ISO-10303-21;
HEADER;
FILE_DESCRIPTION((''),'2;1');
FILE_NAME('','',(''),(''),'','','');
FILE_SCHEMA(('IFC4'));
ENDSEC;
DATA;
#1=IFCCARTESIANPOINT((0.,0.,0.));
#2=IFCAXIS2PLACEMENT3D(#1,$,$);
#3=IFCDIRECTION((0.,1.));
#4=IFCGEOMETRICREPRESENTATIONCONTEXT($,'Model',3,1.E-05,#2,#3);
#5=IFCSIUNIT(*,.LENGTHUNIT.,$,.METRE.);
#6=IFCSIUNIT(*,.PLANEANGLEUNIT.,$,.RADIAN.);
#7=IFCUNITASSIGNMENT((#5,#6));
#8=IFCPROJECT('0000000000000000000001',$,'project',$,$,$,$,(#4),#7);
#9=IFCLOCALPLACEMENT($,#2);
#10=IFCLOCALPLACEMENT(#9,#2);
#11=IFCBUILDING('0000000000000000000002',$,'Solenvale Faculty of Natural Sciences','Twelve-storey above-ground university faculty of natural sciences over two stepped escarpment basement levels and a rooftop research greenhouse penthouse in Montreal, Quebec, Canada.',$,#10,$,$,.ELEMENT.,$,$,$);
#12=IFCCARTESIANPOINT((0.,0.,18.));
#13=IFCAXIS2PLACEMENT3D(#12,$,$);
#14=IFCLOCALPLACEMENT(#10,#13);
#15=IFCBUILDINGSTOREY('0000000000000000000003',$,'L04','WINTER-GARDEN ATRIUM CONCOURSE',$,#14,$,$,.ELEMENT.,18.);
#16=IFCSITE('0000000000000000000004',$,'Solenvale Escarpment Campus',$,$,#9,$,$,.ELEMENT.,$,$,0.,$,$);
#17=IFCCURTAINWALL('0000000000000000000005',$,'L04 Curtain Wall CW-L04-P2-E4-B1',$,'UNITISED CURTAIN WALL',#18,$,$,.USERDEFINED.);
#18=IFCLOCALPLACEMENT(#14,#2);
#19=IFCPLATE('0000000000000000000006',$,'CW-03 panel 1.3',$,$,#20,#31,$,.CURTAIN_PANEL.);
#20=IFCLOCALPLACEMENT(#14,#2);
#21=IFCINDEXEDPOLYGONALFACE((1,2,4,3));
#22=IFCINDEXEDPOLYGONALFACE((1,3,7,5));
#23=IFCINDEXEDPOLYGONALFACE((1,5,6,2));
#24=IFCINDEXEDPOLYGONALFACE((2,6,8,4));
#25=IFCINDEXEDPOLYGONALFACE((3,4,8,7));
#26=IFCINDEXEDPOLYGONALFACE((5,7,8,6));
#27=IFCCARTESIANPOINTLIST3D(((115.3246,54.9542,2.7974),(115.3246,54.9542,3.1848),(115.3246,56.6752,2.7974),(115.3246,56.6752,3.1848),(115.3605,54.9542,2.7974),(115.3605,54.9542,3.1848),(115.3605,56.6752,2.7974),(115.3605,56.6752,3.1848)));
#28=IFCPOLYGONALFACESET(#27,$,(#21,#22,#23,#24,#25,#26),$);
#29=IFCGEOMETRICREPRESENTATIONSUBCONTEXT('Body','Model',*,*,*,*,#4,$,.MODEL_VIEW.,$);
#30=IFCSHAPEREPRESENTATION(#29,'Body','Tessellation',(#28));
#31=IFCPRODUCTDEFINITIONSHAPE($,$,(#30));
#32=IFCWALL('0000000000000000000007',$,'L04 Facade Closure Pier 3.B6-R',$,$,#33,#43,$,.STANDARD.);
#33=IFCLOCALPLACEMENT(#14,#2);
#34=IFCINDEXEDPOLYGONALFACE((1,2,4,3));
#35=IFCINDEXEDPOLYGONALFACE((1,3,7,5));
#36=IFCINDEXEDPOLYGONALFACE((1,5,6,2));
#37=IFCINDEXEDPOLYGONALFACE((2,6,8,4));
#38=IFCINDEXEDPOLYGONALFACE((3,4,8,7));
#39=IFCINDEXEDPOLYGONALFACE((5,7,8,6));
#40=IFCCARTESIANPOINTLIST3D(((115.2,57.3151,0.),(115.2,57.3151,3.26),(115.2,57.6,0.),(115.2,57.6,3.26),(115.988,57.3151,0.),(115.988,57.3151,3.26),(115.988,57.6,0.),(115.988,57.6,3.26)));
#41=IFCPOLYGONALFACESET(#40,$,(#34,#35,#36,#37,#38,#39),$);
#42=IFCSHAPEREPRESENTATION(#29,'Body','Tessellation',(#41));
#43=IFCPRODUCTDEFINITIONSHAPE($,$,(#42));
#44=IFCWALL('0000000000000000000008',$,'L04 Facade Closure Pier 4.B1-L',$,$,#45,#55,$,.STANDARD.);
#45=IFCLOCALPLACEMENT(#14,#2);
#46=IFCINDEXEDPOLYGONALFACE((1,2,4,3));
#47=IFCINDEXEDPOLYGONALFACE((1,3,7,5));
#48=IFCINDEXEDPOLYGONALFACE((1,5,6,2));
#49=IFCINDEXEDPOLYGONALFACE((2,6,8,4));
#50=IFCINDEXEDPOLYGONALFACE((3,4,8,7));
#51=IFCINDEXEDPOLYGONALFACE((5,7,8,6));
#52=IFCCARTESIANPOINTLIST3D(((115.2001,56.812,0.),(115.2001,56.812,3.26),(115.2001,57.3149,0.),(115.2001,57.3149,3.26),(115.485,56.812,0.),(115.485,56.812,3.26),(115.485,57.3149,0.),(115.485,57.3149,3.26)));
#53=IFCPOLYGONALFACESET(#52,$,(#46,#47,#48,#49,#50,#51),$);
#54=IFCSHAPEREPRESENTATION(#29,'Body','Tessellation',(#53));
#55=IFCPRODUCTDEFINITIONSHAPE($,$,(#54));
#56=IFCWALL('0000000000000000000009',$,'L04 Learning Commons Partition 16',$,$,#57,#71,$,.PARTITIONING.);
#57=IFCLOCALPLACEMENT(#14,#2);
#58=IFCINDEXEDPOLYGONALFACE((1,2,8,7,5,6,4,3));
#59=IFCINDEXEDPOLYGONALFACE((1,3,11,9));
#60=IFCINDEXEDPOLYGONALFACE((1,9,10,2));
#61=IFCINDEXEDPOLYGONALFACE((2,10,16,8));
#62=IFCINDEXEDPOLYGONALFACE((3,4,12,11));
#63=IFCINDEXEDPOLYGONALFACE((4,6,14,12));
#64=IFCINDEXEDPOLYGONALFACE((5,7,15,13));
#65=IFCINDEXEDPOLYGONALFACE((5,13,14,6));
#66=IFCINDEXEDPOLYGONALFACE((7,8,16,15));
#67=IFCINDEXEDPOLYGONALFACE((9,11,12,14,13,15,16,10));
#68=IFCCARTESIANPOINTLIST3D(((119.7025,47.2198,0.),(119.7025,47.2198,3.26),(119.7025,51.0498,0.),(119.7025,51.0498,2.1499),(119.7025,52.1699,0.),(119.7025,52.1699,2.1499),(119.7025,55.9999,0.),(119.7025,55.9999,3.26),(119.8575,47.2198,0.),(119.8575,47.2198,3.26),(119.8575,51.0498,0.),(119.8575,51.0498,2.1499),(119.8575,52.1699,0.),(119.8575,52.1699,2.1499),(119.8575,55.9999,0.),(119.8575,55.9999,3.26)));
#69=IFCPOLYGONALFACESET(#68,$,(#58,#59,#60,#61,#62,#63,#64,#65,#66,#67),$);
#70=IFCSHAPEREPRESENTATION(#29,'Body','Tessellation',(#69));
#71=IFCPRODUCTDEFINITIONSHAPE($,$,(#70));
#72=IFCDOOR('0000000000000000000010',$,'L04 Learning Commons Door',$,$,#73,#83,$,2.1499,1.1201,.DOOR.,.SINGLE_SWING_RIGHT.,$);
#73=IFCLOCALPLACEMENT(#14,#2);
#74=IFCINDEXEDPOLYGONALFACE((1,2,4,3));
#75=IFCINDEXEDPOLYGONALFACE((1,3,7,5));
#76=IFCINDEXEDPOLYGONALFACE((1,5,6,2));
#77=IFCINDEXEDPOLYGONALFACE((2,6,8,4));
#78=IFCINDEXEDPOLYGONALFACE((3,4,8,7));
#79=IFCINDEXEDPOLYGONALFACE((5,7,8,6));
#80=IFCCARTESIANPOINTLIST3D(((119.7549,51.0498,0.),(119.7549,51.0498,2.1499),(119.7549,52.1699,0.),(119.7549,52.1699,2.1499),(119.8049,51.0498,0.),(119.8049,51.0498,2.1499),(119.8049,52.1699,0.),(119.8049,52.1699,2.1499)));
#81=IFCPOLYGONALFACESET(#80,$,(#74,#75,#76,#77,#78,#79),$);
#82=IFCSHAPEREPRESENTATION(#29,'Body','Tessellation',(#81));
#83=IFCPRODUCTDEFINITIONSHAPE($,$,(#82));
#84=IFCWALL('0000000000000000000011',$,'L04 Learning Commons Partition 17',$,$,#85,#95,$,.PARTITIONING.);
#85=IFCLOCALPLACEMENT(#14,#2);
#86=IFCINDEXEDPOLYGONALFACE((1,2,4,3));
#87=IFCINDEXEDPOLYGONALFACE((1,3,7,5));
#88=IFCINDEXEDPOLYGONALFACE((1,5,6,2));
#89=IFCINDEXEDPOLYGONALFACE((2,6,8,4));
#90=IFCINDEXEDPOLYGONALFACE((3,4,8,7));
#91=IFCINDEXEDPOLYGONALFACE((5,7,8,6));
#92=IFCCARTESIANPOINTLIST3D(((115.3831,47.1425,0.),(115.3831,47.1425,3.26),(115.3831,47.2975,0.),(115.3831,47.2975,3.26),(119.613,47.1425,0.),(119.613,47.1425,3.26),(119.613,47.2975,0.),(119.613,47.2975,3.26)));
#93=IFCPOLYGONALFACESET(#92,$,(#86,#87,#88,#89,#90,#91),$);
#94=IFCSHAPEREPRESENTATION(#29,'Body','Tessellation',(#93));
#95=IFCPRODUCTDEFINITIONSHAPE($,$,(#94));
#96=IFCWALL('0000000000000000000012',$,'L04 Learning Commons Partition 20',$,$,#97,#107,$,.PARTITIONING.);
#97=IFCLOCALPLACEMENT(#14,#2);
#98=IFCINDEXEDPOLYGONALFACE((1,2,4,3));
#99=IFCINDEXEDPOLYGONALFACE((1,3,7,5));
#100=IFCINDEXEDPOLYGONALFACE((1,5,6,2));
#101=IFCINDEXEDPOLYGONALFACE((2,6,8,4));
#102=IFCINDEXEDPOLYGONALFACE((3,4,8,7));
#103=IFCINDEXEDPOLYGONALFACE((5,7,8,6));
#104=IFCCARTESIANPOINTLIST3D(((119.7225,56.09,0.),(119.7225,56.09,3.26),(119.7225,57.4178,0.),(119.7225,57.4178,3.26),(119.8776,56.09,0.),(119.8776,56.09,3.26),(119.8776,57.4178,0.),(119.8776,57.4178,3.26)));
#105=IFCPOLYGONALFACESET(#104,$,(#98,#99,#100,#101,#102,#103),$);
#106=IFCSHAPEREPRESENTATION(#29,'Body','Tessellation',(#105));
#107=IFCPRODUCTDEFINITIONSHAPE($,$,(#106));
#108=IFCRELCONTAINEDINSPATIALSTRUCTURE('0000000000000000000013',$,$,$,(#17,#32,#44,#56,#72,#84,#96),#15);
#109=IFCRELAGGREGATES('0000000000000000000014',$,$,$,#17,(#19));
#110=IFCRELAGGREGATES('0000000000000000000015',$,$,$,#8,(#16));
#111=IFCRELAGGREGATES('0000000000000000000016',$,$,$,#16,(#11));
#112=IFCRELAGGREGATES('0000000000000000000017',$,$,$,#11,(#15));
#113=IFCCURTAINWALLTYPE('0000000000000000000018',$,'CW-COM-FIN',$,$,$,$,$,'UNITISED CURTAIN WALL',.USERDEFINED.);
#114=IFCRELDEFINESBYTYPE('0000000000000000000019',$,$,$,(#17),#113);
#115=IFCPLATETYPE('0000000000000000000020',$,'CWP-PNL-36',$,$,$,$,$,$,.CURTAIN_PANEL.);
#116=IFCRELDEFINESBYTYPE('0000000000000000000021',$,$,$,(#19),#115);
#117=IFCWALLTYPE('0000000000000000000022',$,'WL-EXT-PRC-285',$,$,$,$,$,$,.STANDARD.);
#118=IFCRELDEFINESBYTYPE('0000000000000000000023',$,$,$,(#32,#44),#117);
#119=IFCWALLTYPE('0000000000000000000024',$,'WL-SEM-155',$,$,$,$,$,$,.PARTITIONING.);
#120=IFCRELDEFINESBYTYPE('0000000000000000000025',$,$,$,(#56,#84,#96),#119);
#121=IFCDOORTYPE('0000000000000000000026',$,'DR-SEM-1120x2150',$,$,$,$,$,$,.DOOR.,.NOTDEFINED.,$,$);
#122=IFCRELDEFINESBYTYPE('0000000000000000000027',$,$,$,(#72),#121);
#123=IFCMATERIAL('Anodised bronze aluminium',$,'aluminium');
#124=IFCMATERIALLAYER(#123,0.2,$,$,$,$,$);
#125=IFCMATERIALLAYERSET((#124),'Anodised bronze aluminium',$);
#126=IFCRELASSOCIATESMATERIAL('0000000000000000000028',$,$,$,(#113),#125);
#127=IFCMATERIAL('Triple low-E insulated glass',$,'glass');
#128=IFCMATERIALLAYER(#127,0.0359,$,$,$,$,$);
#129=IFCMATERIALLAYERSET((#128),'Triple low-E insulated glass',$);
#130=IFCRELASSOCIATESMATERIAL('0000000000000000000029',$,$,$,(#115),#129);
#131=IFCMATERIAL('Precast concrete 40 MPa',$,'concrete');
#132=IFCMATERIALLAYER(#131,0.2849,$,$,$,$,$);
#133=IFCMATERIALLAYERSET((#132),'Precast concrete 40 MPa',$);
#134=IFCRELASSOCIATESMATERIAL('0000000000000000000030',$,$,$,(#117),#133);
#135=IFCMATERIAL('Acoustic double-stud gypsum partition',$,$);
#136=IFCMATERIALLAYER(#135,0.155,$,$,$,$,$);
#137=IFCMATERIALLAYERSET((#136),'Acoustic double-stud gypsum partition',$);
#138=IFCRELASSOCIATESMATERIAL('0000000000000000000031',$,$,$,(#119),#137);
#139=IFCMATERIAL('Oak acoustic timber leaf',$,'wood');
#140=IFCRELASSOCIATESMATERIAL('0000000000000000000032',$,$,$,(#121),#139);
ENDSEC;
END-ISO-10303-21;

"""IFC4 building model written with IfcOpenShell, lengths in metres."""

from ifc_helpers import new_model, si_unit, direction, frame, frame_2d, origin, origin_2d, place, context, subcontext, project, spatial, rectangle, extrude, material, layer, layer_set, type_object, element, fill, aggregate, save


model = new_model("IFC4")

# Units and contexts
model_context = context("Model", 3, precision=1e-05, world=origin(), true_north=direction((0.0, 1.0)))
body_context = subcontext(model_context, "Body", "Model", "MODEL_VIEW")
ifc_project = project(units=[si_unit("LENGTHUNIT", "METRE"), si_unit("PLANEANGLEUNIT", "RADIAN")], contexts=[model_context])

# Site, building, storey
site_placement = place(None, origin())
site = spatial("IfcSite", under=ifc_project, at=site_placement, Name="Solenvale Escarpment Campus", CompositionType="ELEMENT", RefElevation=0.0)
building_placement = place(site_placement, origin())
building = spatial("IfcBuilding", under=site, at=building_placement, Name="Solenvale Faculty of Natural Sciences", Description="Twelve-storey above-ground university faculty of natural sciences over two stepped escarpment basement levels and a rooftop research greenhouse penthouse in Montreal, Quebec, Canada.", CompositionType="ELEMENT")
storey_placement = place(building_placement, frame((0.0, 0.0, 18.0)))
storey = spatial("IfcBuildingStorey", under=building, at=storey_placement, Name="L04", Description="WINTER-GARDEN ATRIUM CONCOURSE", CompositionType="ELEMENT", Elevation=18.0)

# Curtain wall, plate
ifc_material_1 = material(Name="Anodised bronze aluminium", Category="aluminium")
ifc_layer_1 = layer(ifc_material_1, 0.2)
ifc_layer_set_1 = layer_set([ifc_layer_1], Name="Anodised bronze aluminium")
curtain_wall_type = type_object("IfcCurtainWallType", Name="CW-COM-FIN", ElementType="UNITISED CURTAIN WALL", PredefinedType="USERDEFINED", material=ifc_layer_set_1)
curtain_wall_placement = place(storey_placement, origin())
curtain_wall = element("IfcCurtainWall", 1, at=curtain_wall_placement, inside=storey, type_object=curtain_wall_type, Name="L04 Curtain Wall CW-L04-P2-E4-B1", ObjectType="UNITISED CURTAIN WALL", PredefinedType="USERDEFINED")
ifc_material_2 = material(Name="Triple low-E insulated glass", Category="glass")
ifc_layer_2 = layer(ifc_material_2, 0.0359)
ifc_layer_set_2 = layer_set([ifc_layer_2], Name="Triple low-E insulated glass")
plate_type = type_object("IfcPlateType", Name="CWP-PNL-36", PredefinedType="CURTAIN_PANEL", material=ifc_layer_set_2)
plate_1_placement = place(storey_placement, frame((115.3425, 55.8147, 2.7974), z_axis=(0.0, 0.0, 1.0), x_axis=(0.0, -1.0, 0.0)))
plate_1 = element("IfcPlate", 2, at=plate_1_placement, type_object=plate_type, Name="CW-03 panel 1.3", PredefinedType="CURTAIN_PANEL", context=body_context, shape_type="SweptSolid", body=[
    extrude(rectangle(XDim=1.7209, YDim=0.0359, at=origin_2d()), origin(), (0.0, 0.0, 1.0), 0.3875),
])
aggregate(curtain_wall, [plate_1])

# Walls
ifc_material_3 = material(Name="Precast concrete 40 MPa", Category="concrete")
ifc_layer_3 = layer(ifc_material_3, 0.2849)
ifc_layer_set_3 = layer_set([ifc_layer_3], Name="Precast concrete 40 MPa")
wall_type_1 = type_object("IfcWallType", Name="WL-EXT-PRC-285", PredefinedType="STANDARD", material=ifc_layer_set_3)
wall_1_placement = place(storey_placement, frame((115.988, 57.4575, 0.0), z_axis=(0.0, 0.0, 1.0), x_axis=(-1.0, 0.0, 0.0)))
element("IfcWall", 3, at=wall_1_placement, inside=storey, type_object=wall_type_1, Name="L04 Facade Closure Pier 3.B6-R", PredefinedType="STANDARD", context=body_context, shape_type="SweptSolid", body=[
    extrude(rectangle(XDim=0.7881, YDim=0.2849, at=frame_2d((0.394, 0.0))), origin(), (0.0, 0.0, 1.0), 3.26),
])
wall_2_placement = place(storey_placement, frame((115.3425, 57.3149, 0.0), z_axis=(0.0, 0.0, 1.0), x_axis=(0.0, -1.0, 0.0)))
element("IfcWall", 4, at=wall_2_placement, inside=storey, type_object=wall_type_1, Name="L04 Facade Closure Pier 4.B1-L", PredefinedType="STANDARD", context=body_context, shape_type="SweptSolid", body=[
    extrude(rectangle(XDim=0.5029, YDim=0.2849, at=frame_2d((0.2515, 0.0))), origin(), (0.0, 0.0, 1.0), 3.26),
])

# Wall, opening, door
ifc_material_4 = material(Name="Acoustic double-stud gypsum partition")
ifc_layer_4 = layer(ifc_material_4, 0.155)
ifc_layer_set_4 = layer_set([ifc_layer_4], Name="Acoustic double-stud gypsum partition")
wall_type_2 = type_object("IfcWallType", Name="WL-SEM-155", PredefinedType="PARTITIONING", material=ifc_layer_set_4)
wall_3_placement = place(storey_placement, frame((119.78, 56.0, 0.0), z_axis=(0.0, 0.0, 1.0), x_axis=(0.0, -1.0, 0.0)))
wall_3 = element("IfcWall", 5, at=wall_3_placement, inside=storey, type_object=wall_type_2, Name="L04 Learning Commons Partition 16", PredefinedType="PARTITIONING", context=body_context, shape_type="SweptSolid", body=[
    extrude(rectangle(XDim=8.78, YDim=0.155, at=frame_2d((4.3901, 0.0))), origin(), (0.0, 0.0, 1.0), 3.26),
])
opening_placement = place(wall_3_placement, frame((3.8301, 0.0, 0.0)))
opening = element("IfcOpeningElement", 6, at=opening_placement, cuts=wall_3, PredefinedType="OPENING", context=body_context, shape_type="SweptSolid", body=[
    extrude(rectangle(XDim=1.1201, YDim=2.1499, at=frame_2d((0.5601, 1.075))), frame((0.0, 0.0874, 0.0), z_axis=(0.0, -1.0, 0.0), x_axis=(1.0, 0.0, 0.0)), (0.0, 0.0, 1.0), 0.175),
])
ifc_material_5 = material(Name="Oak acoustic timber leaf", Category="wood")
door_type = type_object("IfcDoorType", Name="DR-SEM-1120x2150", OperationType="NOTDEFINED", PredefinedType="DOOR", material=ifc_material_5)
door_placement = place(opening_placement, origin())
door = element("IfcDoor", 7, at=door_placement, inside=storey, type_object=door_type, Name="L04 Learning Commons Door", OperationType="SINGLE_SWING_RIGHT", OverallHeight=2.1499, OverallWidth=1.1201, PredefinedType="DOOR", context=body_context, shape_type="SweptSolid", body=[
    extrude(rectangle(XDim=1.1201, YDim=2.1499, at=frame_2d((0.5601, 1.075))), frame((0.0, 0.0249, 0.0), z_axis=(0.0, -1.0, 0.0), x_axis=(1.0, 0.0, 0.0)), (0.0, 0.0, 1.0), 0.05),
])
fill(opening, door)

# Walls
wall_4_placement = place(storey_placement, frame((119.613, 47.22, 0.0), z_axis=(0.0, 0.0, 1.0), x_axis=(-1.0, 0.0, 0.0)))
element("IfcWall", 8, at=wall_4_placement, inside=storey, type_object=wall_type_2, Name="L04 Learning Commons Partition 17", PredefinedType="PARTITIONING", context=body_context, shape_type="SweptSolid", body=[
    extrude(rectangle(XDim=4.23, YDim=0.155, at=frame_2d((2.115, 0.0))), origin(), (0.0, 0.0, 1.0), 3.26),
])
wall_5_placement = place(storey_placement, frame((119.8, 57.418, 0.0), z_axis=(0.0, 0.0, 1.0), x_axis=(0.0, -1.0, 0.0)))
element("IfcWall", 9, at=wall_5_placement, inside=storey, type_object=wall_type_2, Name="L04 Learning Commons Partition 20", PredefinedType="PARTITIONING", context=body_context, shape_type="SweptSolid", body=[
    extrude(rectangle(XDim=1.3279, YDim=0.155, at=frame_2d((0.6641, 0.0))), origin(), (0.0, 0.0, 1.0), 3.26),
])

save(model, "model.ifc")
